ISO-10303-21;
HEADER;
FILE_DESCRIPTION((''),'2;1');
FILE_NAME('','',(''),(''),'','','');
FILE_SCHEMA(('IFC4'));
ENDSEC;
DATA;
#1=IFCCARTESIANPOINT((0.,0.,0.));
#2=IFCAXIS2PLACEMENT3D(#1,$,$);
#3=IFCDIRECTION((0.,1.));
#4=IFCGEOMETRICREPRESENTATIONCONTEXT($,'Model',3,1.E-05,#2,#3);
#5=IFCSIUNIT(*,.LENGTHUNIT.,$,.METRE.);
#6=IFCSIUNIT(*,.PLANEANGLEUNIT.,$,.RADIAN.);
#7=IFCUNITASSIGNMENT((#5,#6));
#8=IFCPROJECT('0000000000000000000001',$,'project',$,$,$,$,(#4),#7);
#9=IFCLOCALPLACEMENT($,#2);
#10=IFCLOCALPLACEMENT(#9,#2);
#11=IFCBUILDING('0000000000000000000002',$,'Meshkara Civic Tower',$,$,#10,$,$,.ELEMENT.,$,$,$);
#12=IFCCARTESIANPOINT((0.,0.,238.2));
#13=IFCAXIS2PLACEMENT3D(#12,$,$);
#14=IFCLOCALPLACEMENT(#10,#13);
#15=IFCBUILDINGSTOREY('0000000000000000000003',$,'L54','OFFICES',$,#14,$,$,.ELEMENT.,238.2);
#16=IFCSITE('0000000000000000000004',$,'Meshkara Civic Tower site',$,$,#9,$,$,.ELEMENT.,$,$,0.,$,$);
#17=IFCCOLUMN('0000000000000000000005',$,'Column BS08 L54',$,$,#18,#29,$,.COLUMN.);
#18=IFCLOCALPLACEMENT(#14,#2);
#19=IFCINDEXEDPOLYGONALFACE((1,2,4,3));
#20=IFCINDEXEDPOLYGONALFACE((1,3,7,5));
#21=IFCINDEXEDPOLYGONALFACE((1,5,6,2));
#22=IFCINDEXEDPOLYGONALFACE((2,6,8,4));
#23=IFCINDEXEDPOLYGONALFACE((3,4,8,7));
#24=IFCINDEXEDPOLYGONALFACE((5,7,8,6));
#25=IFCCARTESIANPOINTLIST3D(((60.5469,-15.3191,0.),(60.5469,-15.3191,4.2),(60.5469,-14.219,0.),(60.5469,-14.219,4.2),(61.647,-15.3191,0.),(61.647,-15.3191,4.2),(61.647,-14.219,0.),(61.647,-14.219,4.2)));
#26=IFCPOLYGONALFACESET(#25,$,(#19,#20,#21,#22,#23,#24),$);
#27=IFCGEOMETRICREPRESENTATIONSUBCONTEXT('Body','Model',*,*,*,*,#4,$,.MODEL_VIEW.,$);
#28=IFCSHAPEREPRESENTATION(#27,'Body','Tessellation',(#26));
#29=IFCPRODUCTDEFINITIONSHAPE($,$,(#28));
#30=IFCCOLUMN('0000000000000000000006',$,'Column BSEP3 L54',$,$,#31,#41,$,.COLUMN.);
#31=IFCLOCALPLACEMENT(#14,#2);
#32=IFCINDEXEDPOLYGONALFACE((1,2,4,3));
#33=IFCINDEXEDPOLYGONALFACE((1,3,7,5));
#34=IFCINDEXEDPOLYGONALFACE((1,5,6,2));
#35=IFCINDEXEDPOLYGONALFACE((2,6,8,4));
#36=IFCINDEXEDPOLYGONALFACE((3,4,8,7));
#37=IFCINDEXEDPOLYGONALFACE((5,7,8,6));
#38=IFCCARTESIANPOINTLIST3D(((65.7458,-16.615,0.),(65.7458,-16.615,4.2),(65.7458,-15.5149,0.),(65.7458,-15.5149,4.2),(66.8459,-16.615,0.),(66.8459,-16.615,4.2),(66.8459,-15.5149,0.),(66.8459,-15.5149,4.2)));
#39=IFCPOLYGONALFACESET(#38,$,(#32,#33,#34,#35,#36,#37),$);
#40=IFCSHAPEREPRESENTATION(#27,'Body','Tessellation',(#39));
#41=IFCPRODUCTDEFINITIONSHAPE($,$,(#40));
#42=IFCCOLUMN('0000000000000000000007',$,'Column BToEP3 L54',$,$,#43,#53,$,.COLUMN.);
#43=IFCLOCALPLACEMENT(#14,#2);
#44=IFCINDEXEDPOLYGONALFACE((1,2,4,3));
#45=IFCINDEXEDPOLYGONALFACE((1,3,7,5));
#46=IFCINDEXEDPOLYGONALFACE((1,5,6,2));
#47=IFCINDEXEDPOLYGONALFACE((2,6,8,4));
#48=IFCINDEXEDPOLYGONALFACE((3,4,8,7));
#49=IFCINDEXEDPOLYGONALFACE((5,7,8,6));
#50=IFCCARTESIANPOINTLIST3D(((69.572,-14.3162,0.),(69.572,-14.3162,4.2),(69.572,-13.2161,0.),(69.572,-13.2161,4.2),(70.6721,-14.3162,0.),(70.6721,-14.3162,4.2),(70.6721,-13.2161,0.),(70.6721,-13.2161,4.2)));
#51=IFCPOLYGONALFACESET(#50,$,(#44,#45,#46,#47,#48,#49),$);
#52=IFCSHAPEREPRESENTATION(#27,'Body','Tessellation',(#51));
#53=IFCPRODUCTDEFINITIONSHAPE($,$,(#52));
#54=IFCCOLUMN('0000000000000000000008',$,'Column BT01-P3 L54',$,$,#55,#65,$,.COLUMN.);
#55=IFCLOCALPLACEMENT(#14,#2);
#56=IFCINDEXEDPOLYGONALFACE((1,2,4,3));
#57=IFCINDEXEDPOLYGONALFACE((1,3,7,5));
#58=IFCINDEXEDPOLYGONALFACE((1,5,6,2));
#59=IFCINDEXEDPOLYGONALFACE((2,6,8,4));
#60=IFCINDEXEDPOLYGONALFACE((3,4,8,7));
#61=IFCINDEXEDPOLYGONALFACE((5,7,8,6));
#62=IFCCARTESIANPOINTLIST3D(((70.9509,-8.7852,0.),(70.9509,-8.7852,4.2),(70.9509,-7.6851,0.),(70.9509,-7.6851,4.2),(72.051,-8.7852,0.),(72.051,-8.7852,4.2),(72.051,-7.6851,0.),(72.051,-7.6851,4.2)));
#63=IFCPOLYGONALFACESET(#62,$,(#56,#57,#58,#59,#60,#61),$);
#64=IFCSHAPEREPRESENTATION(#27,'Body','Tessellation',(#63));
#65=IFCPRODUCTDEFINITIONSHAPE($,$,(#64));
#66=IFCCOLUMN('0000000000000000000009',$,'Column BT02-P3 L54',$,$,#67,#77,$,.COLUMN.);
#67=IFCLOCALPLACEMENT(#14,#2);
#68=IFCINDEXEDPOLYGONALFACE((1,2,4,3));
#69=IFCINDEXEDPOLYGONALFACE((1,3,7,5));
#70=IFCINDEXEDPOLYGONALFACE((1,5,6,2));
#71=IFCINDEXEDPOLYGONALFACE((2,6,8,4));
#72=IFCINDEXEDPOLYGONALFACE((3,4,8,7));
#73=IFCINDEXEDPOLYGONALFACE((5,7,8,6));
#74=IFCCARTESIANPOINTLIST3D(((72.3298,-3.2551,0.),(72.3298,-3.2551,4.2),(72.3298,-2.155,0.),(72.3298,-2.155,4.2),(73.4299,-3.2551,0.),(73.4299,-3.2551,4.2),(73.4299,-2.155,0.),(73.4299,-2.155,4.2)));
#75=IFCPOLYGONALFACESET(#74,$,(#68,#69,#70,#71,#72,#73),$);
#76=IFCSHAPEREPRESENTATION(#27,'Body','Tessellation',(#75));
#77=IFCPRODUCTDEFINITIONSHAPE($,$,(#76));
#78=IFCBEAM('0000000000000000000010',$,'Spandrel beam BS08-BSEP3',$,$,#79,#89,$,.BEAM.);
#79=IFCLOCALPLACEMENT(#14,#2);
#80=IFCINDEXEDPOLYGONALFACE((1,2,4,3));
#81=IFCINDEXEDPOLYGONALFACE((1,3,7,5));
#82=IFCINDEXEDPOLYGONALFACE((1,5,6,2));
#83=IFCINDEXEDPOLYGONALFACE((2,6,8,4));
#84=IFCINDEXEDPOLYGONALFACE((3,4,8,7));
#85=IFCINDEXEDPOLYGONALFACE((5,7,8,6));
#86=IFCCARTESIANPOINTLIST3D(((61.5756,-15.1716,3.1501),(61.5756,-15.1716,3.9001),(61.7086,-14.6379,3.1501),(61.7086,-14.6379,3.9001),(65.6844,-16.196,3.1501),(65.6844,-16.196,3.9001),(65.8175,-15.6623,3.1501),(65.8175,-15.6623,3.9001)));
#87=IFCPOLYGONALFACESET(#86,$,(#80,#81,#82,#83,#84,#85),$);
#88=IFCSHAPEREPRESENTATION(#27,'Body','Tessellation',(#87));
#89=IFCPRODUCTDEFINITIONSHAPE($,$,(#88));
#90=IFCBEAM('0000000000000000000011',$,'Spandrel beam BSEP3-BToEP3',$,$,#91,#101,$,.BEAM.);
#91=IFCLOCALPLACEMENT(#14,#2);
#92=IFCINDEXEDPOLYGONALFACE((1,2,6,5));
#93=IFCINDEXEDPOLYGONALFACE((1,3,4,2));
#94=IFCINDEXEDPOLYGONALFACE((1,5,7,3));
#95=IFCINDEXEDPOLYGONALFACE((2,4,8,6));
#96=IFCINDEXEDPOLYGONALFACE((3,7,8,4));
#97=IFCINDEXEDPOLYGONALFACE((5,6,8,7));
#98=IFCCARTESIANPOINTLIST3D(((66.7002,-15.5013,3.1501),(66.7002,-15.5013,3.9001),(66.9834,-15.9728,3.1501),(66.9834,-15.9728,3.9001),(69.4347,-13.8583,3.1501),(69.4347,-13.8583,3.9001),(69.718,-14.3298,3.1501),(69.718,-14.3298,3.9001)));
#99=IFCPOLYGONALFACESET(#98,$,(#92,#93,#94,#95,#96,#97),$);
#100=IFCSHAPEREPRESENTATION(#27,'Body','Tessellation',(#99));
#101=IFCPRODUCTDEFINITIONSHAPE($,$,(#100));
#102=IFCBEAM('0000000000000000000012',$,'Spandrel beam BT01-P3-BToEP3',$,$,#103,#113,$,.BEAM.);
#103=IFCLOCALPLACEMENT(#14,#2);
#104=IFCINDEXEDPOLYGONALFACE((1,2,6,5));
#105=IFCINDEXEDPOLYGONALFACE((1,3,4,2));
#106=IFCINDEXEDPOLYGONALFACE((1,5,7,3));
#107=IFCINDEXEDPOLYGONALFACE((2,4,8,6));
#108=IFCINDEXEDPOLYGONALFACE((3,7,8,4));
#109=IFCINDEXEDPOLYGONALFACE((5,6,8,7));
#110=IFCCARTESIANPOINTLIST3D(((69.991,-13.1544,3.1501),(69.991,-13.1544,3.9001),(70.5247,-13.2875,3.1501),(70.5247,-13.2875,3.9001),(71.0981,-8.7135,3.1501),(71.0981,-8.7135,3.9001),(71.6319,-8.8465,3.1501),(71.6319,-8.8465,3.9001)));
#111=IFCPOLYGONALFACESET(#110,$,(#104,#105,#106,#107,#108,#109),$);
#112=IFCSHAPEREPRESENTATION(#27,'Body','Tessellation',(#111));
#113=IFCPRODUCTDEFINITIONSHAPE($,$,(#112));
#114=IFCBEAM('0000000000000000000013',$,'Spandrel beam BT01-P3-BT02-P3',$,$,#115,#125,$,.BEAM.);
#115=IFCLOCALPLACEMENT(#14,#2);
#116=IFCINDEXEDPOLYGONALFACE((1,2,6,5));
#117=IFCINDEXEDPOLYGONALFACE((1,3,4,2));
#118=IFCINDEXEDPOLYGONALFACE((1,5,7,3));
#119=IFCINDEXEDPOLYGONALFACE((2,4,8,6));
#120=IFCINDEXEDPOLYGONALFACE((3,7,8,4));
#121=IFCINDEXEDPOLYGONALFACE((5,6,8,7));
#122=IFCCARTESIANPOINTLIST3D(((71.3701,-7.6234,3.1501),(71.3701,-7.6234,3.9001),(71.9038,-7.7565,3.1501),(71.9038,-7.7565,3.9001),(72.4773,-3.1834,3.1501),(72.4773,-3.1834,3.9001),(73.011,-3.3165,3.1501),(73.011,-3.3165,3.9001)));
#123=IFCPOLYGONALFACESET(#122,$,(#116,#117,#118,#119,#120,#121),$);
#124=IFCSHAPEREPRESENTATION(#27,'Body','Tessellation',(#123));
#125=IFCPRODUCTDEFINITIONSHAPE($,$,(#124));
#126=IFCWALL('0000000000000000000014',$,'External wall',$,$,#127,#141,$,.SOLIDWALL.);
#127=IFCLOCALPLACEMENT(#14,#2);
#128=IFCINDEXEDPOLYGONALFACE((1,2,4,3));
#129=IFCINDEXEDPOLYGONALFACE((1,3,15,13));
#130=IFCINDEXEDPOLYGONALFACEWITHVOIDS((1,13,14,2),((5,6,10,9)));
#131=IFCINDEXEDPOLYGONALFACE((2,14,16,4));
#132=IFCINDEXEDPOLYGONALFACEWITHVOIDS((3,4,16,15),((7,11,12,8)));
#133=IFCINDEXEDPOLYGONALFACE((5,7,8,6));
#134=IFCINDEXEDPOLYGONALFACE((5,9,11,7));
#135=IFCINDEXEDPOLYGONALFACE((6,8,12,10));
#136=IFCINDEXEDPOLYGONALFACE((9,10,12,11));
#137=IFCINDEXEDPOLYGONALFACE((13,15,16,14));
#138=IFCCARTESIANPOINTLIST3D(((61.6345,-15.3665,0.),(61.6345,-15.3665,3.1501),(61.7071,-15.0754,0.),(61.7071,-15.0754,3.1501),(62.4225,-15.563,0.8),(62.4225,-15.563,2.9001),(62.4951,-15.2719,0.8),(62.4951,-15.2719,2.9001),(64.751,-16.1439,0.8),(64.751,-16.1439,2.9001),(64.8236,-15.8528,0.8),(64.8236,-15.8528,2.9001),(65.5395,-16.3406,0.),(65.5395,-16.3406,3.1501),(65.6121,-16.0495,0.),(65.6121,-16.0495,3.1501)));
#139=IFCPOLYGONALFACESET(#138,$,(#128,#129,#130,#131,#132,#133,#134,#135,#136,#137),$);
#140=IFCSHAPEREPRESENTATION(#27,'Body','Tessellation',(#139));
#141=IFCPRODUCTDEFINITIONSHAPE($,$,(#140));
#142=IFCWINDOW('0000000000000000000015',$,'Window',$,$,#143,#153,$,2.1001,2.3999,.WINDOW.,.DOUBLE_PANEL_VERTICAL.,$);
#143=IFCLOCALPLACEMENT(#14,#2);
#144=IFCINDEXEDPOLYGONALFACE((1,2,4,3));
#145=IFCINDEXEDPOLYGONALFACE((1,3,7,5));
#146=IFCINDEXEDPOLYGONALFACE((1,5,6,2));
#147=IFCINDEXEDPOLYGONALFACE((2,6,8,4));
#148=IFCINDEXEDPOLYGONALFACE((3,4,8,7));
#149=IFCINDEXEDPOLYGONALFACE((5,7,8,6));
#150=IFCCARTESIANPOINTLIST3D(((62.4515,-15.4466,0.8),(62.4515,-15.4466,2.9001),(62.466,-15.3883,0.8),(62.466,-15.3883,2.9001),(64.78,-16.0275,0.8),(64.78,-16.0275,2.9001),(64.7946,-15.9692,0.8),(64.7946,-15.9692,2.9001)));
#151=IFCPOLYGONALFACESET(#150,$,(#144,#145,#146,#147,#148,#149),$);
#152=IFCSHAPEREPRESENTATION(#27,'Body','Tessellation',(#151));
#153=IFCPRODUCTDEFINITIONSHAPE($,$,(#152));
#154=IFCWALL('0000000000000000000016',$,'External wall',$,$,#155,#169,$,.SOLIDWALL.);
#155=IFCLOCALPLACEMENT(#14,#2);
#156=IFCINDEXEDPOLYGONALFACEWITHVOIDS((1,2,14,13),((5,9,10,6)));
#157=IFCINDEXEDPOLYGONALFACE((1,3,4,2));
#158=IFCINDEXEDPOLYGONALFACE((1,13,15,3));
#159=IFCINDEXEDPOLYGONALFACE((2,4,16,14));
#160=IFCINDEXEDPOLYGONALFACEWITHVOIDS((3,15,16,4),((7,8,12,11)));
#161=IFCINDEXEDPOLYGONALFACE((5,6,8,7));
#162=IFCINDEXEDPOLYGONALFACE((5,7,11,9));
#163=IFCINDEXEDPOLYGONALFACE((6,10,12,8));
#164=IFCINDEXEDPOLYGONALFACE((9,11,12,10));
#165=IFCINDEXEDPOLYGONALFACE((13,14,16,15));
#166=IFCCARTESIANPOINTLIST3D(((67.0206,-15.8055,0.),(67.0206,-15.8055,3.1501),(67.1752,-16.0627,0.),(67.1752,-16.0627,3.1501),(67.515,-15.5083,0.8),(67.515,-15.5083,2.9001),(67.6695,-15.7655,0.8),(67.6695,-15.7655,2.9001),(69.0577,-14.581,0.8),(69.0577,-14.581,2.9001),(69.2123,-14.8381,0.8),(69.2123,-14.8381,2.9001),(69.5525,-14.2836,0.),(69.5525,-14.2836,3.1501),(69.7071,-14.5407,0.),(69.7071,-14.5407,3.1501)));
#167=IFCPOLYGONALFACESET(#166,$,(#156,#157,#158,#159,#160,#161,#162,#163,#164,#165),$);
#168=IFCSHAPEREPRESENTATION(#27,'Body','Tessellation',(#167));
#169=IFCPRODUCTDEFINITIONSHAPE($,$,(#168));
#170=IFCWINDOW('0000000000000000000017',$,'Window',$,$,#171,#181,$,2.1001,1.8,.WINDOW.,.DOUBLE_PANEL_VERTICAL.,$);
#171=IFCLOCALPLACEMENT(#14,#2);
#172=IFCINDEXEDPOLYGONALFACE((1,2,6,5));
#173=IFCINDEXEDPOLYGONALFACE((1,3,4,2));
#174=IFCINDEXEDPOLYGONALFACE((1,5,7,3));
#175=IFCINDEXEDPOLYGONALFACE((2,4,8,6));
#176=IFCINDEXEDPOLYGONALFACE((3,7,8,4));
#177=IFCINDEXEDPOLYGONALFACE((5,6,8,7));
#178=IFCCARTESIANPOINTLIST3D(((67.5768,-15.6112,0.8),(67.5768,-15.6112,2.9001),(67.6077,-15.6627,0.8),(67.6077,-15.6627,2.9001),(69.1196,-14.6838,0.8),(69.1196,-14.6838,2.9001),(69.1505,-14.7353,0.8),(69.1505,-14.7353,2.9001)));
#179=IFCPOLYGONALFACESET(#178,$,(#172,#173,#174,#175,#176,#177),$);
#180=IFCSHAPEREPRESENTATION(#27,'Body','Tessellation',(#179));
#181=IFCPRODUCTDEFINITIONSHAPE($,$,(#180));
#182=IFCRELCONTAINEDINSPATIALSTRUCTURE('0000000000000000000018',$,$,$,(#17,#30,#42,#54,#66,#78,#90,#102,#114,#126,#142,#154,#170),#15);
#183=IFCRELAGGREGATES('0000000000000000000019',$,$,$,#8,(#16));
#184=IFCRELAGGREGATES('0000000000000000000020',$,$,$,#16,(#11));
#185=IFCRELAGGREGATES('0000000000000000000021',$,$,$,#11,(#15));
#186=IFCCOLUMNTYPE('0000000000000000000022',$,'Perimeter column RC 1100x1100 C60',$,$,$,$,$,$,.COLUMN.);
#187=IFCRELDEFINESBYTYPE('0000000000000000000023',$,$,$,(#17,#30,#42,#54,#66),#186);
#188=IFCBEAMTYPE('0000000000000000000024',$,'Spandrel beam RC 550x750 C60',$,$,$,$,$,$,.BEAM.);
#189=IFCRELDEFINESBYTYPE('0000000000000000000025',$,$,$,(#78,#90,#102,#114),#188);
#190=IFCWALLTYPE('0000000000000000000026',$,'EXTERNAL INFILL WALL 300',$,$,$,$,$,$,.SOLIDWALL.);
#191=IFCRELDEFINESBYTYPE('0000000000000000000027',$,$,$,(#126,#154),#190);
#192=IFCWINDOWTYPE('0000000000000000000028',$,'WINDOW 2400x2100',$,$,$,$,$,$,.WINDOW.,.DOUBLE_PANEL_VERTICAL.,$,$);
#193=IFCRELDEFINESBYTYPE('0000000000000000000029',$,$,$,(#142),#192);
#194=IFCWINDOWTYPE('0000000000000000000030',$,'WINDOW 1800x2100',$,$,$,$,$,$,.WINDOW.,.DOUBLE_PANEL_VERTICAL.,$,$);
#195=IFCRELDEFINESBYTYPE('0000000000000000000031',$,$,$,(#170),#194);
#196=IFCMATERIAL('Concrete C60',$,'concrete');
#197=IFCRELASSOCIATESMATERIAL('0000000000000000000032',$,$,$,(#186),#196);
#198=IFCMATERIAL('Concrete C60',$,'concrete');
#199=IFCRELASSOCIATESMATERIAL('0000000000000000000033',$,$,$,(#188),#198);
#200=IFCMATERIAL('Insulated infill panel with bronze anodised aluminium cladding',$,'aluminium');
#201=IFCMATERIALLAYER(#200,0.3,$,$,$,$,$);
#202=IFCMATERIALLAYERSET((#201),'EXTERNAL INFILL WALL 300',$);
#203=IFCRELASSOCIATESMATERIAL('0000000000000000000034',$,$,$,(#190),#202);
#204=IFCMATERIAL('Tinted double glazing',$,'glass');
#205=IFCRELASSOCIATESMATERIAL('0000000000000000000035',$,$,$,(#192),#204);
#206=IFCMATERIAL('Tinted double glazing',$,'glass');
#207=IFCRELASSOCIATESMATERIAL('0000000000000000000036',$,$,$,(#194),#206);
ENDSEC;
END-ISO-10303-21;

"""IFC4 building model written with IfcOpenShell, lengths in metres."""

from ifc_helpers import new_model, si_unit, direction, frame, frame_2d, origin, origin_2d, place, context, subcontext, project, spatial, rectangle, extrude, material, layer, layer_set, material_profile, profile_set, type_object, element, fill, save


model = new_model("IFC4")

# Units and contexts
model_context = context("Model", 3, precision=1e-05, world=origin(), true_north=direction((0.0, 1.0)))
body_context = subcontext(model_context, "Body", "Model", "MODEL_VIEW")
ifc_project = project(units=[si_unit("LENGTHUNIT", "METRE"), si_unit("PLANEANGLEUNIT", "RADIAN")], contexts=[model_context])

# Site, building, storey
site_placement = place(None, origin())
site = spatial("IfcSite", under=ifc_project, at=site_placement, Name="Meshkara Civic Tower site", CompositionType="ELEMENT", RefElevation=0.0)
building_placement = place(site_placement, origin())
building = spatial("IfcBuilding", under=site, at=building_placement, Name="Meshkara Civic Tower", CompositionType="ELEMENT")
storey_placement = place(building_placement, frame((0.0, 0.0, 238.2)))
storey = spatial("IfcBuildingStorey", under=building, at=storey_placement, Name="L54", Description="OFFICES", CompositionType="ELEMENT", Elevation=238.2)

# Columns
ifc_material_1 = material(Name="Concrete C60", Category="concrete")
ifc_material_profile_1 = material_profile(ifc_material_1, rectangle(XDim=1.1001, YDim=1.1001, at=origin_2d()))
ifc_profile_set_1 = profile_set([ifc_material_profile_1], Name="Concrete C60")
column_type = type_object("IfcColumnType", Name="Perimeter column RC 1100x1100 C60", PredefinedType="COLUMN", material=ifc_profile_set_1)
for number, where, z_axis, x_axis, name in (
    (1, (61.0969, -14.769, 0.0), (0.0, 0.0, 1.0), (1.0, 0.0, 0.0), "Column BS08 L54"),
    (2, (66.2959, -16.0649, 0.0), (0.0, 0.0, 1.0), (1.0, 0.0, 0.0), "Column BSEP3 L54"),
    (3, (70.1221, -13.7661, 0.0), (0.0, 0.0, 1.0), (1.0, 0.0, 0.0), "Column BToEP3 L54"),
    (4, (71.501, -8.2351, 0.0), (0.0, 0.0, 1.0), (1.0, 0.0, 0.0), "Column BT01-P3 L54"),
    (5, (72.8799, -2.7051, 0.0), (0.0, 0.0, 1.0), (1.0, 0.0, 0.0), "Column BT02-P3 L54"),
):
    element("IfcColumn", number, at=place(storey_placement, frame(where, z_axis=z_axis, x_axis=x_axis)), inside=storey, type_object=column_type, Name=name, PredefinedType="COLUMN", context=body_context, shape_type="SweptSolid", body=[
        extrude(rectangle(XDim=1.1001, YDim=1.1001, at=origin_2d()), origin(), (0.0, 0.0, 1.0), 4.2),
    ])

# Beams
ifc_material_2 = material(Name="Concrete C60", Category="concrete")
ifc_material_profile_2 = material_profile(ifc_material_2, rectangle(XDim=0.55, YDim=0.75, at=origin_2d()))
ifc_profile_set_2 = profile_set([ifc_material_profile_2], Name="Concrete C60")
beam_type = type_object("IfcBeamType", Name="Spandrel beam RC 550x750 C60", PredefinedType="BEAM", material=ifc_profile_set_2)
beam_1_placement = place(storey_placement, frame((61.6421, -14.9048, 3.5251), z_axis=(0.970298, -0.241912, 0.0), x_axis=(0.241912, 0.970298, 0.0)))
element("IfcBeam", 6, at=beam_1_placement, inside=storey, type_object=beam_type, Name="Spandrel beam BS08-BSEP3", PredefinedType="BEAM", context=body_context, shape_type="SweptSolid", body=[
    extrude(rectangle(XDim=0.55, YDim=0.75, at=origin_2d()), origin(), (0.0, 0.0, 1.0), 4.2346),
])
beam_2_placement = place(storey_placement, frame((66.8418, -15.7371, 3.5251), z_axis=(0.857175, 0.515025, 0.0), x_axis=(-0.515025, 0.857175, 0.0)))
element("IfcBeam", 7, at=beam_2_placement, inside=storey, type_object=beam_type, Name="Spandrel beam BSEP3-BToEP3", PredefinedType="BEAM", context=body_context, shape_type="SweptSolid", body=[
    extrude(rectangle(XDim=0.55, YDim=0.75, at=origin_2d()), origin(), (0.0, 0.0, 1.0), 3.1902),
])
beam_3_placement = place(storey_placement, frame((70.2578, -13.2209, 3.5251), z_axis=(0.241908, 0.970299, 0.0), x_axis=(-0.970299, 0.241908, 0.0)))
element("IfcBeam", 8, at=beam_3_placement, inside=storey, type_object=beam_type, Name="Spandrel beam BT01-P3-BToEP3", PredefinedType="BEAM", context=body_context, shape_type="SweptSolid", body=[
    extrude(rectangle(XDim=0.55, YDim=0.75, at=origin_2d()), origin(), (0.0, 0.0, 1.0), 4.5769),
])
beam_4_placement = place(storey_placement, frame((71.637, -7.6899, 3.5251), z_axis=(0.241958, 0.970287, 0.0), x_axis=(-0.970287, 0.241958, 0.0)))
element("IfcBeam", 9, at=beam_4_placement, inside=storey, type_object=beam_type, Name="Spandrel beam BT01-P3-BT02-P3", PredefinedType="BEAM", context=body_context, shape_type="SweptSolid", body=[
    extrude(rectangle(XDim=0.55, YDim=0.75, at=origin_2d()), origin(), (0.0, 0.0, 1.0), 4.5759),
])

# Walls, openings, windows
ifc_material_3 = material(Name="Insulated infill panel with bronze anodised aluminium cladding", Category="aluminium")
ifc_layer_1 = layer(ifc_material_3, 0.3)
ifc_layer_set_1 = layer_set([ifc_layer_1], Name="EXTERNAL INFILL WALL 300")
wall_type_1 = type_object("IfcWallType", Name="EXTERNAL INFILL WALL 300", PredefinedType="SOLIDWALL", material=ifc_layer_set_1)
wall_1_placement = place(storey_placement, frame((61.6709, -15.2209, 0.0), z_axis=(0.0, 0.0, 1.0), x_axis=(0.970267, -0.242036, 0.0)))
wall_1 = element("IfcWall", 10, at=wall_1_placement, inside=storey, type_object=wall_type_1, Name="External wall", PredefinedType="SOLIDWALL", context=body_context, shape_type="SweptSolid", body=[
    extrude(rectangle(XDim=4.0247, YDim=0.3, at=frame_2d((2.0122, 0.0))), origin(), (0.0, 0.0, 1.0), 3.1501),
])
opening_1_placement = place(wall_1_placement, frame((0.812, 0.0, 0.8)))
opening_1 = element("IfcOpeningElement", 11, at=opening_1_placement, cuts=wall_1, PredefinedType="OPENING", context=body_context, shape_type="SweptSolid", body=[
    extrude(rectangle(XDim=2.3999, YDim=2.1001, at=frame_2d((1.2, 1.05))), frame((0.0, 0.1599, 0.0), z_axis=(0.0, -1.0, 0.0), x_axis=(1.0, 0.0, 0.0)), (0.0, 0.0, 1.0), 0.3201),
])
ifc_material_4 = material(Name="Tinted double glazing", Category="glass")
window_type_1 = type_object("IfcWindowType", Name="WINDOW 2400x2100", PartitioningType="DOUBLE_PANEL_VERTICAL", PredefinedType="WINDOW", material=ifc_material_4)
window_1_placement = place(opening_1_placement, origin())
window_1 = element("IfcWindow", 12, at=window_1_placement, inside=storey, type_object=window_type_1, Name="Window", OverallHeight=2.1001, OverallWidth=2.3999, PartitioningType="DOUBLE_PANEL_VERTICAL", PredefinedType="WINDOW", context=body_context, shape_type="SweptSolid", body=[
    extrude(rectangle(XDim=2.3999, YDim=2.1001, at=frame_2d((1.2, 1.05))), frame((0.0, 0.03, 0.0), z_axis=(0.0, -1.0, 0.0), x_axis=(1.0, 0.0, 0.0)), (0.0, 0.0, 1.0), 0.0601),
])
fill(opening_1, window_1)
wall_2_placement = place(storey_placement, frame((67.0979, -15.9341, 0.0), z_axis=(0.0, 0.0, 1.0), x_axis=(0.857077, 0.515188, 0.0)))
wall_2 = element("IfcWall", 13, at=wall_2_placement, inside=storey, type_object=wall_type_1, Name="External wall", PredefinedType="SOLIDWALL", context=body_context, shape_type="SweptSolid", body=[
    extrude(rectangle(XDim=2.9541, YDim=0.3, at=frame_2d((1.4771, 0.0))), origin(), (0.0, 0.0, 1.0), 3.1501),
])
opening_2_placement = place(wall_2_placement, frame((0.5769, 0.0, 0.8)))
opening_2 = element("IfcOpeningElement", 14, at=opening_2_placement, cuts=wall_2, PredefinedType="OPENING", context=body_context, shape_type="SweptSolid", body=[
    extrude(rectangle(XDim=1.8, YDim=2.1001, at=frame_2d((0.8999, 1.05))), frame((0.0, 0.1599, 0.0), z_axis=(0.0, -1.0, 0.0), x_axis=(1.0, 0.0, 0.0)), (0.0, 0.0, 1.0), 0.3201),
])
ifc_material_5 = material(Name="Tinted double glazing", Category="glass")
window_type_2 = type_object("IfcWindowType", Name="WINDOW 1800x2100", PartitioningType="DOUBLE_PANEL_VERTICAL", PredefinedType="WINDOW", material=ifc_material_5)
window_2_placement = place(opening_2_placement, origin())
window_2 = element("IfcWindow", 15, at=window_2_placement, inside=storey, type_object=window_type_2, Name="Window", OverallHeight=2.1001, OverallWidth=1.8, PartitioningType="DOUBLE_PANEL_VERTICAL", PredefinedType="WINDOW", context=body_context, shape_type="SweptSolid", body=[
    extrude(rectangle(XDim=1.8, YDim=2.1001, at=frame_2d((0.8999, 1.05))), frame((0.0, 0.03, 0.0), z_axis=(0.0, -1.0, 0.0), x_axis=(1.0, 0.0, 0.0)), (0.0, 0.0, 1.0), 0.0601),
])
fill(opening_2, window_2)

save(model, "model.ifc")
